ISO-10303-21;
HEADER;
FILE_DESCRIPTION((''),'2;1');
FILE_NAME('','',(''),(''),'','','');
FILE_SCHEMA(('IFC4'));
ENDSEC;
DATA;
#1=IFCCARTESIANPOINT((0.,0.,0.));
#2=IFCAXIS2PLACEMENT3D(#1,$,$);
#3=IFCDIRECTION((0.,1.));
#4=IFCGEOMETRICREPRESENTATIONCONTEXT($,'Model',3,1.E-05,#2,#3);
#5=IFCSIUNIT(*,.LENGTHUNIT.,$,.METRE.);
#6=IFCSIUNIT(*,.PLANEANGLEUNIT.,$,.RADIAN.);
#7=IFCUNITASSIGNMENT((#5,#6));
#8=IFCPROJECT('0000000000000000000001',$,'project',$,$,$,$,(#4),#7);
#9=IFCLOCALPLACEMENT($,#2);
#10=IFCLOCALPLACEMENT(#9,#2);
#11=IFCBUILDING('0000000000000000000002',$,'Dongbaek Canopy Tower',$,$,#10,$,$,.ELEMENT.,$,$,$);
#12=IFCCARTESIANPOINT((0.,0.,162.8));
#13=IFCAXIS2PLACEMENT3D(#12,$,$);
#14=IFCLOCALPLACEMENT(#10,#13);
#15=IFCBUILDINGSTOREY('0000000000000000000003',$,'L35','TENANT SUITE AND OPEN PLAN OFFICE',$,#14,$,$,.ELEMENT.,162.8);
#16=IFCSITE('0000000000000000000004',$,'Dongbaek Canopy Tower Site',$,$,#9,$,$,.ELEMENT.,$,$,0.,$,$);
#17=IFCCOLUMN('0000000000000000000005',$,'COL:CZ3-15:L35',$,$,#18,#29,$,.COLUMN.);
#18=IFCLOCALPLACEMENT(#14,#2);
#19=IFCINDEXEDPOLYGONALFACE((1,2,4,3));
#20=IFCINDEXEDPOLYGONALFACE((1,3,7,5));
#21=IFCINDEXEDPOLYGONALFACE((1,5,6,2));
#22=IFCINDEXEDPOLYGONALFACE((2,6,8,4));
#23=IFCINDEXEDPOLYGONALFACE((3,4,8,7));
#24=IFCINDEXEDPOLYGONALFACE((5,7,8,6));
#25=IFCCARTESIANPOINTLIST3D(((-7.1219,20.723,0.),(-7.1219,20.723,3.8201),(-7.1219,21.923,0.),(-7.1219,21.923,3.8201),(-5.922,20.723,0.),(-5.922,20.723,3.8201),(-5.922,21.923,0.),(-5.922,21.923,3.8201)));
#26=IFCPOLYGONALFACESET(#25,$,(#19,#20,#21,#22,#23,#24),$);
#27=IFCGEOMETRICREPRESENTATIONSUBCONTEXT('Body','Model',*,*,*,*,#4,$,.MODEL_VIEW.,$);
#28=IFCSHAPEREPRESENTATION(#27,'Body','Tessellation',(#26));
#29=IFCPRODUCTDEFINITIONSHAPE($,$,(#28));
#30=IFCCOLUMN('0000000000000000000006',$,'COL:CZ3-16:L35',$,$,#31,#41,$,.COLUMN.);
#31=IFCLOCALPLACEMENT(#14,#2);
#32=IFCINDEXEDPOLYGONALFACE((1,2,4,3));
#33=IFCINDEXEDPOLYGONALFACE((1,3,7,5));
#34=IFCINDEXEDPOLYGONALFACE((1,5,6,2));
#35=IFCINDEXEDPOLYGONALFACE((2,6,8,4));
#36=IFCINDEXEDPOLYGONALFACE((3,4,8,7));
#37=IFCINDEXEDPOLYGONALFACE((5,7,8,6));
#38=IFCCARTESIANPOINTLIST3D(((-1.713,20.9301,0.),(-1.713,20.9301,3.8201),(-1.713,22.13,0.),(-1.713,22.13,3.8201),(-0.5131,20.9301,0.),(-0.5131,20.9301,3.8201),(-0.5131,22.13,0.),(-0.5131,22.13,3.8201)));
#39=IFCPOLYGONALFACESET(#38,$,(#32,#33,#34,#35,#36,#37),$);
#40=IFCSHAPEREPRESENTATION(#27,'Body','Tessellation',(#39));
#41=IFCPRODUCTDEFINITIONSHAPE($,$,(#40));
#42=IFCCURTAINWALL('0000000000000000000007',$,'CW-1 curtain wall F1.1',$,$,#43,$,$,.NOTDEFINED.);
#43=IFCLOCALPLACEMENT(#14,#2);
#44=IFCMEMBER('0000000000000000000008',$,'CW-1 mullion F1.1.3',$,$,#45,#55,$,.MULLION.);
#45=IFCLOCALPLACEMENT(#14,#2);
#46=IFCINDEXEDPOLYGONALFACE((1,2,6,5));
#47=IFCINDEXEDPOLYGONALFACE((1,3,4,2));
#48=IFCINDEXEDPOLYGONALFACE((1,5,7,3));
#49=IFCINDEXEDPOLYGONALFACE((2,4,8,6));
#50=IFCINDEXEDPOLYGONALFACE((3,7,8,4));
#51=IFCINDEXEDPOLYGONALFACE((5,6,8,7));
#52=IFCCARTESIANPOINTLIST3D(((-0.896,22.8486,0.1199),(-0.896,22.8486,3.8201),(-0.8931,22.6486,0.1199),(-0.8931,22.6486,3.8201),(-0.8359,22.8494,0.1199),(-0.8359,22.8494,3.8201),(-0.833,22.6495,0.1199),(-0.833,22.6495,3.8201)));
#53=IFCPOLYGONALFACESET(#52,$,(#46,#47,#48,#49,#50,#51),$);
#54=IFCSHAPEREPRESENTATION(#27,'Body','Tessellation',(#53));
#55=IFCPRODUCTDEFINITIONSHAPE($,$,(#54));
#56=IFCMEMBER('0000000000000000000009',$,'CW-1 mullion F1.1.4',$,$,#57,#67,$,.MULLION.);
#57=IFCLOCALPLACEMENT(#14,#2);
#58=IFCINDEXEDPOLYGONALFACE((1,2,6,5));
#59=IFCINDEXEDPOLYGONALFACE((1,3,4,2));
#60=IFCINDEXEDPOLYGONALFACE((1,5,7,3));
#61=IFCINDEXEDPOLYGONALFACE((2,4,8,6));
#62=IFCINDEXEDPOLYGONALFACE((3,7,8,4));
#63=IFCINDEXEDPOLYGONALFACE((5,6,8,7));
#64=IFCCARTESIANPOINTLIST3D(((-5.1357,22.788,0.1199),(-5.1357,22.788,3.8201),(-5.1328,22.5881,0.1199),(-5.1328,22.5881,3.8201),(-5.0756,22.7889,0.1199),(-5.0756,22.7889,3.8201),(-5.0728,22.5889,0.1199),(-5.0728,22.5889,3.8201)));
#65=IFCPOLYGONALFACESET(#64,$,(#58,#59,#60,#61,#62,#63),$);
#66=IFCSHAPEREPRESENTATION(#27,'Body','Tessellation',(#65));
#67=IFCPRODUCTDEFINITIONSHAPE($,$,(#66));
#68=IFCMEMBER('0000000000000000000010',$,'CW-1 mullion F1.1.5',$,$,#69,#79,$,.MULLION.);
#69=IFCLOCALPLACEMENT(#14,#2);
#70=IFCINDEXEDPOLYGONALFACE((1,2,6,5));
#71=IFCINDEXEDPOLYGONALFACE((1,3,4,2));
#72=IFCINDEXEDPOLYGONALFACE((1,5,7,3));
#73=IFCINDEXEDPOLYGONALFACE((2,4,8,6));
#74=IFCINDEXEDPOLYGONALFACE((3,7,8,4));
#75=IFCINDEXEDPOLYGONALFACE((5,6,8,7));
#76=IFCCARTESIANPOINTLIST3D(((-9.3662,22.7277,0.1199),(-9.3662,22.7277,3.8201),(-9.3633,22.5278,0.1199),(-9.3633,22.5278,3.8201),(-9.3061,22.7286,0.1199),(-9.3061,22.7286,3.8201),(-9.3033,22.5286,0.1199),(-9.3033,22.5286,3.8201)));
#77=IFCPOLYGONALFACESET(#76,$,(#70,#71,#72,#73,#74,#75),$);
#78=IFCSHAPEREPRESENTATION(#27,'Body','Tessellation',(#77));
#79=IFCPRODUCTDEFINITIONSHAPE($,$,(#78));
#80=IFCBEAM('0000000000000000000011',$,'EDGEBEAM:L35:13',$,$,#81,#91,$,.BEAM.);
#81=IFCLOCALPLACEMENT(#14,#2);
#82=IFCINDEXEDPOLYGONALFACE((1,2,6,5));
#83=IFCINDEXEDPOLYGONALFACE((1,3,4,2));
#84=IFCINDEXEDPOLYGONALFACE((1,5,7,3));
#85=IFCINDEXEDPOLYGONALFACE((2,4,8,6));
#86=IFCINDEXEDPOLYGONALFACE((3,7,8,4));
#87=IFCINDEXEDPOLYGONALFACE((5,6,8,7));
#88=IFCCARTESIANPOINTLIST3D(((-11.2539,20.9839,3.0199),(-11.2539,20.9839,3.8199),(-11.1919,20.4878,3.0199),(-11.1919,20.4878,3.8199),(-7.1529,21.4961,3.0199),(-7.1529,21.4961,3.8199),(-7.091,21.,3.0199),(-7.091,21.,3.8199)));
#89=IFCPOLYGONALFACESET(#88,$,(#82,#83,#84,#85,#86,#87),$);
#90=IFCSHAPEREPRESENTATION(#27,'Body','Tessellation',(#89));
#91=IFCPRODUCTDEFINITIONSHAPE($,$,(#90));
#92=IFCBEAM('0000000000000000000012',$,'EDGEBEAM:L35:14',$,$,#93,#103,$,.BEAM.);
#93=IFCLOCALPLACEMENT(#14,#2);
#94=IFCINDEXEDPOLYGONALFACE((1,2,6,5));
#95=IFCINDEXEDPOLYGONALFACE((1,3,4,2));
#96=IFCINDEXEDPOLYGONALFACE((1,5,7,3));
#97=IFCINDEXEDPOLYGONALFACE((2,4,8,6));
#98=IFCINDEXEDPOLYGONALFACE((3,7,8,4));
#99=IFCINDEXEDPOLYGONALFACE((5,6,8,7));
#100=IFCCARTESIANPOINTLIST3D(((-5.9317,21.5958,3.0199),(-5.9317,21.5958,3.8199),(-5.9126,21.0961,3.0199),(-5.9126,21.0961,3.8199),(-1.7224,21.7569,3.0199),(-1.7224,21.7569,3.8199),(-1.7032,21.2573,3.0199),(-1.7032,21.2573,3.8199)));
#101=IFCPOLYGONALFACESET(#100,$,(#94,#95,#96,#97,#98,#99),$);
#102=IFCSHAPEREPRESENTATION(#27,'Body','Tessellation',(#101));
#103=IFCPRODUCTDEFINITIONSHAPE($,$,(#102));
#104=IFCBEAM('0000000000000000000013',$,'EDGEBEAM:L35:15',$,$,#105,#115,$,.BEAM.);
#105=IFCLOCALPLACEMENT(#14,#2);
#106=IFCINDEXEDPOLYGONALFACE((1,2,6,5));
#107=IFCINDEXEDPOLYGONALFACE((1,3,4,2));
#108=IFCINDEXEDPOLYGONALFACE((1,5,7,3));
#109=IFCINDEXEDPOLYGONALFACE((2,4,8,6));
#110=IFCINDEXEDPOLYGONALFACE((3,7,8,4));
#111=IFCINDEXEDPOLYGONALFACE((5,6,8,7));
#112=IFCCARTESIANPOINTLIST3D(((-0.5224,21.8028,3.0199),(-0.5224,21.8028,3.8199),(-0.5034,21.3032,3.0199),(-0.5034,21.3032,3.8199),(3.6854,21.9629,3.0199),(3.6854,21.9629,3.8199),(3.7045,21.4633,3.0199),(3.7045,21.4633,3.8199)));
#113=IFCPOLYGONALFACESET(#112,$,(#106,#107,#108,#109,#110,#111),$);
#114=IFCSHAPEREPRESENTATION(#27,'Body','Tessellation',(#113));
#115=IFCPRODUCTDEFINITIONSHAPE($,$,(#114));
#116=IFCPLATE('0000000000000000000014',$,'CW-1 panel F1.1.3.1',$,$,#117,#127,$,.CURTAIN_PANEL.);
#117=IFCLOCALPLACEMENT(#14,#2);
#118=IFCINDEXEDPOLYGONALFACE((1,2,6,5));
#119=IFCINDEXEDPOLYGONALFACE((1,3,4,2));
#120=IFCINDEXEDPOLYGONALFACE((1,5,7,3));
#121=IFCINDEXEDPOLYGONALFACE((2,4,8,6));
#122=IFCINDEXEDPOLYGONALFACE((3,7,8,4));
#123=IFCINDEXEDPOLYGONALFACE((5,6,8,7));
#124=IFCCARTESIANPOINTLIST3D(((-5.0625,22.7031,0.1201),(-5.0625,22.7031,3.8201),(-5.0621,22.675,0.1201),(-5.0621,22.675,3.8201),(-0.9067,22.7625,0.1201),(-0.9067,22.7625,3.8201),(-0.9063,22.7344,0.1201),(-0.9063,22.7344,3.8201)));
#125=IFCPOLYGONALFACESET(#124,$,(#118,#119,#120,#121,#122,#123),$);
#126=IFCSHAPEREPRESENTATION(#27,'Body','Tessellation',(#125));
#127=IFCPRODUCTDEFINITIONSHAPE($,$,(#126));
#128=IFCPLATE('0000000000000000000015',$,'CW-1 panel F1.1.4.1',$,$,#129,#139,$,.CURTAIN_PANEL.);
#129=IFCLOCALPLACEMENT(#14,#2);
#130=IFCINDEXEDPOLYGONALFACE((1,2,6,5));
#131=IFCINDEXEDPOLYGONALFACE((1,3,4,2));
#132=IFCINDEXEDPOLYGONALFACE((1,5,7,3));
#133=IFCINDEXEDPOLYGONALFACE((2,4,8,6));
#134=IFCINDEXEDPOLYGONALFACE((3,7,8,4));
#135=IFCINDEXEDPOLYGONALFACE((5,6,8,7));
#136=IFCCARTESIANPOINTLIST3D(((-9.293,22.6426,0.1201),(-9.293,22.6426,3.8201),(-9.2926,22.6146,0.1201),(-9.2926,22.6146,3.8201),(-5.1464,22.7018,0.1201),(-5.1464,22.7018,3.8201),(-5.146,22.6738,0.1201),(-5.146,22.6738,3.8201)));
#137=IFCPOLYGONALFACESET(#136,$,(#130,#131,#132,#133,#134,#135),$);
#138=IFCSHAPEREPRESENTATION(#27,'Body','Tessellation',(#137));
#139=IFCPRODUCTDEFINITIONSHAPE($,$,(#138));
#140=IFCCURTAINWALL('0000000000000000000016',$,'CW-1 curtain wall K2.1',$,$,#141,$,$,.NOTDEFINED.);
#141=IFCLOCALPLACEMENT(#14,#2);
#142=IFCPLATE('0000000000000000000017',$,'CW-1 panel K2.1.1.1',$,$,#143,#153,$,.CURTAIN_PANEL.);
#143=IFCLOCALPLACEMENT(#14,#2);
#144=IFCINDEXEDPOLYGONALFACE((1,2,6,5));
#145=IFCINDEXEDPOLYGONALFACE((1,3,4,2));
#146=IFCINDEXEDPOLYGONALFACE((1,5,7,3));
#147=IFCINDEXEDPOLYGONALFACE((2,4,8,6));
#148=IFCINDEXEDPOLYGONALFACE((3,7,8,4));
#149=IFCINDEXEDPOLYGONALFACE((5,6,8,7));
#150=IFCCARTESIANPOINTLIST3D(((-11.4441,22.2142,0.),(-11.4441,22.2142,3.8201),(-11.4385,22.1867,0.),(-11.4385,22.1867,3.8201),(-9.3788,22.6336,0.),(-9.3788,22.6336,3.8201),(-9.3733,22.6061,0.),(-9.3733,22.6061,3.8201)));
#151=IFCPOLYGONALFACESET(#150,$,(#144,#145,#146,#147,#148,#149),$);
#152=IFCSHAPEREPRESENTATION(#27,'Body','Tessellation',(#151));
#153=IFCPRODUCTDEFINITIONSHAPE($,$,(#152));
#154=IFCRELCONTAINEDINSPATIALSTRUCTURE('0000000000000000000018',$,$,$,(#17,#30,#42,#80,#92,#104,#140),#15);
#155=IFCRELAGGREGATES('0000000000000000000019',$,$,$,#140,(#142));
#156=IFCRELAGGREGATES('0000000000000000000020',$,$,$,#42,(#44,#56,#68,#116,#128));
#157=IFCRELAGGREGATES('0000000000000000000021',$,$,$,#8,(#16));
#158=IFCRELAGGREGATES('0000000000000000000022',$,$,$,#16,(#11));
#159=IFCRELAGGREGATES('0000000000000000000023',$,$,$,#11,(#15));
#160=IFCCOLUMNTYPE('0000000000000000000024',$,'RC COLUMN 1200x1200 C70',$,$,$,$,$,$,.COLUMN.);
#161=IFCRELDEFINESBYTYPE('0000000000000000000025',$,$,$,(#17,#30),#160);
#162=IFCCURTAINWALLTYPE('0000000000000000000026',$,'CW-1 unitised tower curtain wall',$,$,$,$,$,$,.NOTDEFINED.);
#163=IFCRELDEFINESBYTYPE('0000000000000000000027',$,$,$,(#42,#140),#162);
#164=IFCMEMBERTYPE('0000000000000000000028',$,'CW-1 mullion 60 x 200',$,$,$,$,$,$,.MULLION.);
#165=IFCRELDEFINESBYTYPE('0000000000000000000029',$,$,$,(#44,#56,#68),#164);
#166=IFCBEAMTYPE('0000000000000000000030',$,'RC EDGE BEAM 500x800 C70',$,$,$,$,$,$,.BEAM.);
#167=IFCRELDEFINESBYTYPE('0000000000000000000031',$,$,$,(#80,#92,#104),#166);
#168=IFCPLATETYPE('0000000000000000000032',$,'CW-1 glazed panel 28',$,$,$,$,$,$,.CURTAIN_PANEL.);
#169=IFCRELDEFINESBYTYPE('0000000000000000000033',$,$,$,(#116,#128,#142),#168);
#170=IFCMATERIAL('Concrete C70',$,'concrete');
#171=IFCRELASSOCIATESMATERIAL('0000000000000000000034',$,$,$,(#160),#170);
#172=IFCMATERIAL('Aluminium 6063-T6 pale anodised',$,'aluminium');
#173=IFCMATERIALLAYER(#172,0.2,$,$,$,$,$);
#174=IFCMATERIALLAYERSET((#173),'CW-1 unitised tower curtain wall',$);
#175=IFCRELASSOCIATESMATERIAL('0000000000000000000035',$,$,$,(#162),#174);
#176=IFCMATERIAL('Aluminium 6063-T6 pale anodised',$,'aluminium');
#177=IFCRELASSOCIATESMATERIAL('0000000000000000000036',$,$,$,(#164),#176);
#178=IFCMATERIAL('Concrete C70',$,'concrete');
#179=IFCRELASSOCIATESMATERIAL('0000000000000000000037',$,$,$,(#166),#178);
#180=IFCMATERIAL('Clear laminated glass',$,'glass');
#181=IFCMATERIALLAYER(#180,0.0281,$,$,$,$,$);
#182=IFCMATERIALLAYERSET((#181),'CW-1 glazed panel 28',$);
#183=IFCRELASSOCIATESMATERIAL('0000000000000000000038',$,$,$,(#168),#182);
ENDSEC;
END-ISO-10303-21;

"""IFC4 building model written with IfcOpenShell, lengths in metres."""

from ifc_helpers import new_model, si_unit, direction, frame, origin, origin_2d, place, context, subcontext, project, spatial, rectangle, extrude, material, layer, layer_set, material_profile, profile_set, type_object, element, aggregate, save


model = new_model("IFC4")

# Units and contexts
model_context = context("Model", 3, precision=1e-05, world=origin(), true_north=direction((0.0, 1.0)))
body_context = subcontext(model_context, "Body", "Model", "MODEL_VIEW")
ifc_project = project(units=[si_unit("LENGTHUNIT", "METRE"), si_unit("PLANEANGLEUNIT", "RADIAN")], contexts=[model_context])

# Site, building, storey
site_placement = place(None, origin())
site = spatial("IfcSite", under=ifc_project, at=site_placement, Name="Dongbaek Canopy Tower Site", CompositionType="ELEMENT", RefElevation=0.0)
building_placement = place(site_placement, origin())
building = spatial("IfcBuilding", under=site, at=building_placement, Name="Dongbaek Canopy Tower", CompositionType="ELEMENT")
storey_placement = place(building_placement, frame((0.0, 0.0, 162.8)))
storey = spatial("IfcBuildingStorey", under=building, at=storey_placement, Name="L35", Description="TENANT SUITE AND OPEN PLAN OFFICE", CompositionType="ELEMENT", Elevation=162.8)

# Columns
ifc_material_1 = material(Name="Concrete C70", Category="concrete")
ifc_material_profile_1 = material_profile(ifc_material_1, rectangle(XDim=1.2, YDim=1.2, at=origin_2d()), Name="RC COLUMN 1200x1200 C70")
ifc_profile_set_1 = profile_set([ifc_material_profile_1], Name="Concrete C70")
column_type = type_object("IfcColumnType", Name="RC COLUMN 1200x1200 C70", PredefinedType="COLUMN", material=ifc_profile_set_1)
for number, where, z_axis, x_axis, name in (
    (1, (-6.522, 21.323, 0.0), (0.0, 0.0, 1.0), (1.0, 0.0, 0.0), "COL:CZ3-15:L35"),
    (2, (-1.113, 21.53, 0.0), (0.0, 0.0, 1.0), (1.0, 0.0, 0.0), "COL:CZ3-16:L35"),
):
    element("IfcColumn", number, at=place(storey_placement, frame(where, z_axis=z_axis, x_axis=x_axis)), inside=storey, type_object=column_type, Name=name, PredefinedType="COLUMN", context=body_context, shape_type="SweptSolid", body=[
        extrude(rectangle(XDim=1.2, YDim=1.2, at=origin_2d()), origin(), (0.0, 0.0, 1.0), 3.8201),
    ])

# Curtain wall, members
ifc_material_2 = material(Name="Aluminium 6063-T6 pale anodised", Category="aluminium")
ifc_layer_1 = layer(ifc_material_2, 0.2)
ifc_layer_set_1 = layer_set([ifc_layer_1], Name="CW-1 unitised tower curtain wall")
curtain_wall_type = type_object("IfcCurtainWallType", Name="CW-1 unitised tower curtain wall", PredefinedType="NOTDEFINED", material=ifc_layer_set_1)
curtain_wall_1_placement = place(storey_placement, origin())
curtain_wall_1 = element("IfcCurtainWall", 3, at=curtain_wall_1_placement, inside=storey, type_object=curtain_wall_type, Name="CW-1 curtain wall F1.1", PredefinedType="NOTDEFINED")
ifc_material_3 = material(Name="Aluminium 6063-T6 pale anodised", Category="aluminium")
ifc_material_profile_2 = material_profile(ifc_material_3, rectangle(XDim=0.2, YDim=0.0601, at=origin_2d()), Name="CW-1 mullion 60 x 200")
ifc_profile_set_2 = profile_set([ifc_material_profile_2], Name="Aluminium 6063-T6 pale anodised")
member_type = type_object("IfcMemberType", Name="CW-1 mullion 60 x 200", PredefinedType="MULLION", material=ifc_profile_set_2)
member_1_placement = place(storey_placement, frame((-0.8645, 22.749, 0.1199), z_axis=(0.0, 0.0, 1.0), x_axis=(-0.014277, 0.999898, 0.0)))
member_1 = element("IfcMember", 4, at=member_1_placement, type_object=member_type, Name="CW-1 mullion F1.1.3", PredefinedType="MULLION", context=body_context, shape_type="SweptSolid", body=[
    extrude(rectangle(XDim=0.2, YDim=0.0601, at=origin_2d()), origin(), (0.0, 0.0, 1.0), 3.7002),
])
member_2_placement = place(storey_placement, frame((-5.1042, 22.6885, 0.1199), z_axis=(0.0, 0.0, 1.0), x_axis=(-0.014277, 0.999898, 0.0)))
member_2 = element("IfcMember", 5, at=member_2_placement, type_object=member_type, Name="CW-1 mullion F1.1.4", PredefinedType="MULLION", context=body_context, shape_type="SweptSolid", body=[
    extrude(rectangle(XDim=0.2, YDim=0.0601, at=origin_2d()), origin(), (0.0, 0.0, 1.0), 3.7002),
])
member_3_placement = place(storey_placement, frame((-9.3347, 22.6282, 0.1199), z_axis=(0.0, 0.0, 1.0), x_axis=(-0.014277, 0.999898, 0.0)))
member_3 = element("IfcMember", 6, at=member_3_placement, type_object=member_type, Name="CW-1 mullion F1.1.5", PredefinedType="MULLION", context=body_context, shape_type="SweptSolid", body=[
    extrude(rectangle(XDim=0.2, YDim=0.0601, at=origin_2d()), origin(), (0.0, 0.0, 1.0), 3.7002),
])

# Beams
ifc_material_4 = material(Name="Concrete C70", Category="concrete")
ifc_material_profile_3 = material_profile(ifc_material_4, rectangle(XDim=0.5, YDim=0.8, at=origin_2d()), Name="RC EDGE BEAM 500x800 C70")
ifc_profile_set_3 = profile_set([ifc_material_profile_3], Name="Concrete C70")
beam_type = type_object("IfcBeamType", Name="RC EDGE BEAM 500x800 C70", PredefinedType="BEAM", material=ifc_profile_set_3)
beam_1_placement = place(storey_placement, frame((-11.2229, 20.7358, 3.4199), z_axis=(0.99229, 0.12394, 0.0), x_axis=(-0.12394, 0.99229, 0.0)))
element("IfcBeam", 7, at=beam_1_placement, inside=storey, type_object=beam_type, Name="EDGEBEAM:L35:13", PredefinedType="BEAM", context=body_context, shape_type="SweptSolid", body=[
    extrude(rectangle(XDim=0.5, YDim=0.8, at=origin_2d()), origin(), (0.0, 0.0, 1.0), 4.1328),
])
beam_2_placement = place(storey_placement, frame((-5.9221, 21.3459, 3.4199), z_axis=(0.999268, 0.038253, 0.0), x_axis=(-0.038253, 0.999268, 0.0)))
element("IfcBeam", 8, at=beam_2_placement, inside=storey, type_object=beam_type, Name="EDGEBEAM:L35:14", PredefinedType="BEAM", context=body_context, shape_type="SweptSolid", body=[
    extrude(rectangle(XDim=0.5, YDim=0.8, at=origin_2d()), origin(), (0.0, 0.0, 1.0), 4.2124),
])
beam_3_placement = place(storey_placement, frame((-0.5129, 21.553, 3.4199), z_axis=(0.999277, 0.038032, 0.0), x_axis=(-0.038032, 0.999277, 0.0)))
element("IfcBeam", 9, at=beam_3_placement, inside=storey, type_object=beam_type, Name="EDGEBEAM:L35:15", PredefinedType="BEAM", context=body_context, shape_type="SweptSolid", body=[
    extrude(rectangle(XDim=0.5, YDim=0.8, at=origin_2d()), origin(), (0.0, 0.0, 1.0), 4.2109),
])

# Plates
ifc_material_5 = material(Name="Clear laminated glass", Category="glass")
ifc_layer_2 = layer(ifc_material_5, 0.0281)
ifc_layer_set_2 = layer_set([ifc_layer_2], Name="CW-1 glazed panel 28")
plate_type = type_object("IfcPlateType", Name="CW-1 glazed panel 28", PredefinedType="CURTAIN_PANEL", material=ifc_layer_set_2)
plate_1_placement = place(storey_placement, frame((-2.9844, 22.7188, 0.1201), z_axis=(0.0, 0.0, 1.0), x_axis=(-0.999898, -0.014277, 0.0)))
plate_1 = element("IfcPlate", 10, at=plate_1_placement, type_object=plate_type, Name="CW-1 panel F1.1.3.1", PredefinedType="CURTAIN_PANEL", context=body_context, shape_type="SweptSolid", body=[
    extrude(rectangle(XDim=4.1562, YDim=0.0281, at=origin_2d()), origin(), (0.0, 0.0, 1.0), 3.7),
])
plate_2_placement = place(storey_placement, frame((-7.2195, 22.6582, 0.1201), z_axis=(0.0, 0.0, 1.0), x_axis=(-0.999898, -0.014277, 0.0)))
plate_2 = element("IfcPlate", 11, at=plate_2_placement, type_object=plate_type, Name="CW-1 panel F1.1.4.1", PredefinedType="CURTAIN_PANEL", context=body_context, shape_type="SweptSolid", body=[
    extrude(rectangle(XDim=4.147, YDim=0.0281, at=origin_2d()), origin(), (0.0, 0.0, 1.0), 3.7),
])

# Curtain wall, plate
curtain_wall_2_placement = place(storey_placement, origin())
curtain_wall_2 = element("IfcCurtainWall", 12, at=curtain_wall_2_placement, inside=storey, type_object=curtain_wall_type, Name="CW-1 curtain wall K2.1", PredefinedType="NOTDEFINED")
plate_3_placement = place(storey_placement, frame((-10.4087, 22.4102, 0.0), z_axis=(0.0, 0.0, 1.0), x_axis=(-0.980004, -0.198978, 0.0)))
plate_3 = element("IfcPlate", 13, at=plate_3_placement, type_object=plate_type, Name="CW-1 panel K2.1.1.1", PredefinedType="CURTAIN_PANEL", context=body_context, shape_type="SweptSolid", body=[
    extrude(rectangle(XDim=2.1074, YDim=0.0281, at=origin_2d()), origin(), (0.0, 0.0, 1.0), 3.8201),
])
aggregate(curtain_wall_2, [plate_3])

aggregate(curtain_wall_1, [member_1, member_2, member_3, plate_1, plate_2])

save(model, "model.ifc")
